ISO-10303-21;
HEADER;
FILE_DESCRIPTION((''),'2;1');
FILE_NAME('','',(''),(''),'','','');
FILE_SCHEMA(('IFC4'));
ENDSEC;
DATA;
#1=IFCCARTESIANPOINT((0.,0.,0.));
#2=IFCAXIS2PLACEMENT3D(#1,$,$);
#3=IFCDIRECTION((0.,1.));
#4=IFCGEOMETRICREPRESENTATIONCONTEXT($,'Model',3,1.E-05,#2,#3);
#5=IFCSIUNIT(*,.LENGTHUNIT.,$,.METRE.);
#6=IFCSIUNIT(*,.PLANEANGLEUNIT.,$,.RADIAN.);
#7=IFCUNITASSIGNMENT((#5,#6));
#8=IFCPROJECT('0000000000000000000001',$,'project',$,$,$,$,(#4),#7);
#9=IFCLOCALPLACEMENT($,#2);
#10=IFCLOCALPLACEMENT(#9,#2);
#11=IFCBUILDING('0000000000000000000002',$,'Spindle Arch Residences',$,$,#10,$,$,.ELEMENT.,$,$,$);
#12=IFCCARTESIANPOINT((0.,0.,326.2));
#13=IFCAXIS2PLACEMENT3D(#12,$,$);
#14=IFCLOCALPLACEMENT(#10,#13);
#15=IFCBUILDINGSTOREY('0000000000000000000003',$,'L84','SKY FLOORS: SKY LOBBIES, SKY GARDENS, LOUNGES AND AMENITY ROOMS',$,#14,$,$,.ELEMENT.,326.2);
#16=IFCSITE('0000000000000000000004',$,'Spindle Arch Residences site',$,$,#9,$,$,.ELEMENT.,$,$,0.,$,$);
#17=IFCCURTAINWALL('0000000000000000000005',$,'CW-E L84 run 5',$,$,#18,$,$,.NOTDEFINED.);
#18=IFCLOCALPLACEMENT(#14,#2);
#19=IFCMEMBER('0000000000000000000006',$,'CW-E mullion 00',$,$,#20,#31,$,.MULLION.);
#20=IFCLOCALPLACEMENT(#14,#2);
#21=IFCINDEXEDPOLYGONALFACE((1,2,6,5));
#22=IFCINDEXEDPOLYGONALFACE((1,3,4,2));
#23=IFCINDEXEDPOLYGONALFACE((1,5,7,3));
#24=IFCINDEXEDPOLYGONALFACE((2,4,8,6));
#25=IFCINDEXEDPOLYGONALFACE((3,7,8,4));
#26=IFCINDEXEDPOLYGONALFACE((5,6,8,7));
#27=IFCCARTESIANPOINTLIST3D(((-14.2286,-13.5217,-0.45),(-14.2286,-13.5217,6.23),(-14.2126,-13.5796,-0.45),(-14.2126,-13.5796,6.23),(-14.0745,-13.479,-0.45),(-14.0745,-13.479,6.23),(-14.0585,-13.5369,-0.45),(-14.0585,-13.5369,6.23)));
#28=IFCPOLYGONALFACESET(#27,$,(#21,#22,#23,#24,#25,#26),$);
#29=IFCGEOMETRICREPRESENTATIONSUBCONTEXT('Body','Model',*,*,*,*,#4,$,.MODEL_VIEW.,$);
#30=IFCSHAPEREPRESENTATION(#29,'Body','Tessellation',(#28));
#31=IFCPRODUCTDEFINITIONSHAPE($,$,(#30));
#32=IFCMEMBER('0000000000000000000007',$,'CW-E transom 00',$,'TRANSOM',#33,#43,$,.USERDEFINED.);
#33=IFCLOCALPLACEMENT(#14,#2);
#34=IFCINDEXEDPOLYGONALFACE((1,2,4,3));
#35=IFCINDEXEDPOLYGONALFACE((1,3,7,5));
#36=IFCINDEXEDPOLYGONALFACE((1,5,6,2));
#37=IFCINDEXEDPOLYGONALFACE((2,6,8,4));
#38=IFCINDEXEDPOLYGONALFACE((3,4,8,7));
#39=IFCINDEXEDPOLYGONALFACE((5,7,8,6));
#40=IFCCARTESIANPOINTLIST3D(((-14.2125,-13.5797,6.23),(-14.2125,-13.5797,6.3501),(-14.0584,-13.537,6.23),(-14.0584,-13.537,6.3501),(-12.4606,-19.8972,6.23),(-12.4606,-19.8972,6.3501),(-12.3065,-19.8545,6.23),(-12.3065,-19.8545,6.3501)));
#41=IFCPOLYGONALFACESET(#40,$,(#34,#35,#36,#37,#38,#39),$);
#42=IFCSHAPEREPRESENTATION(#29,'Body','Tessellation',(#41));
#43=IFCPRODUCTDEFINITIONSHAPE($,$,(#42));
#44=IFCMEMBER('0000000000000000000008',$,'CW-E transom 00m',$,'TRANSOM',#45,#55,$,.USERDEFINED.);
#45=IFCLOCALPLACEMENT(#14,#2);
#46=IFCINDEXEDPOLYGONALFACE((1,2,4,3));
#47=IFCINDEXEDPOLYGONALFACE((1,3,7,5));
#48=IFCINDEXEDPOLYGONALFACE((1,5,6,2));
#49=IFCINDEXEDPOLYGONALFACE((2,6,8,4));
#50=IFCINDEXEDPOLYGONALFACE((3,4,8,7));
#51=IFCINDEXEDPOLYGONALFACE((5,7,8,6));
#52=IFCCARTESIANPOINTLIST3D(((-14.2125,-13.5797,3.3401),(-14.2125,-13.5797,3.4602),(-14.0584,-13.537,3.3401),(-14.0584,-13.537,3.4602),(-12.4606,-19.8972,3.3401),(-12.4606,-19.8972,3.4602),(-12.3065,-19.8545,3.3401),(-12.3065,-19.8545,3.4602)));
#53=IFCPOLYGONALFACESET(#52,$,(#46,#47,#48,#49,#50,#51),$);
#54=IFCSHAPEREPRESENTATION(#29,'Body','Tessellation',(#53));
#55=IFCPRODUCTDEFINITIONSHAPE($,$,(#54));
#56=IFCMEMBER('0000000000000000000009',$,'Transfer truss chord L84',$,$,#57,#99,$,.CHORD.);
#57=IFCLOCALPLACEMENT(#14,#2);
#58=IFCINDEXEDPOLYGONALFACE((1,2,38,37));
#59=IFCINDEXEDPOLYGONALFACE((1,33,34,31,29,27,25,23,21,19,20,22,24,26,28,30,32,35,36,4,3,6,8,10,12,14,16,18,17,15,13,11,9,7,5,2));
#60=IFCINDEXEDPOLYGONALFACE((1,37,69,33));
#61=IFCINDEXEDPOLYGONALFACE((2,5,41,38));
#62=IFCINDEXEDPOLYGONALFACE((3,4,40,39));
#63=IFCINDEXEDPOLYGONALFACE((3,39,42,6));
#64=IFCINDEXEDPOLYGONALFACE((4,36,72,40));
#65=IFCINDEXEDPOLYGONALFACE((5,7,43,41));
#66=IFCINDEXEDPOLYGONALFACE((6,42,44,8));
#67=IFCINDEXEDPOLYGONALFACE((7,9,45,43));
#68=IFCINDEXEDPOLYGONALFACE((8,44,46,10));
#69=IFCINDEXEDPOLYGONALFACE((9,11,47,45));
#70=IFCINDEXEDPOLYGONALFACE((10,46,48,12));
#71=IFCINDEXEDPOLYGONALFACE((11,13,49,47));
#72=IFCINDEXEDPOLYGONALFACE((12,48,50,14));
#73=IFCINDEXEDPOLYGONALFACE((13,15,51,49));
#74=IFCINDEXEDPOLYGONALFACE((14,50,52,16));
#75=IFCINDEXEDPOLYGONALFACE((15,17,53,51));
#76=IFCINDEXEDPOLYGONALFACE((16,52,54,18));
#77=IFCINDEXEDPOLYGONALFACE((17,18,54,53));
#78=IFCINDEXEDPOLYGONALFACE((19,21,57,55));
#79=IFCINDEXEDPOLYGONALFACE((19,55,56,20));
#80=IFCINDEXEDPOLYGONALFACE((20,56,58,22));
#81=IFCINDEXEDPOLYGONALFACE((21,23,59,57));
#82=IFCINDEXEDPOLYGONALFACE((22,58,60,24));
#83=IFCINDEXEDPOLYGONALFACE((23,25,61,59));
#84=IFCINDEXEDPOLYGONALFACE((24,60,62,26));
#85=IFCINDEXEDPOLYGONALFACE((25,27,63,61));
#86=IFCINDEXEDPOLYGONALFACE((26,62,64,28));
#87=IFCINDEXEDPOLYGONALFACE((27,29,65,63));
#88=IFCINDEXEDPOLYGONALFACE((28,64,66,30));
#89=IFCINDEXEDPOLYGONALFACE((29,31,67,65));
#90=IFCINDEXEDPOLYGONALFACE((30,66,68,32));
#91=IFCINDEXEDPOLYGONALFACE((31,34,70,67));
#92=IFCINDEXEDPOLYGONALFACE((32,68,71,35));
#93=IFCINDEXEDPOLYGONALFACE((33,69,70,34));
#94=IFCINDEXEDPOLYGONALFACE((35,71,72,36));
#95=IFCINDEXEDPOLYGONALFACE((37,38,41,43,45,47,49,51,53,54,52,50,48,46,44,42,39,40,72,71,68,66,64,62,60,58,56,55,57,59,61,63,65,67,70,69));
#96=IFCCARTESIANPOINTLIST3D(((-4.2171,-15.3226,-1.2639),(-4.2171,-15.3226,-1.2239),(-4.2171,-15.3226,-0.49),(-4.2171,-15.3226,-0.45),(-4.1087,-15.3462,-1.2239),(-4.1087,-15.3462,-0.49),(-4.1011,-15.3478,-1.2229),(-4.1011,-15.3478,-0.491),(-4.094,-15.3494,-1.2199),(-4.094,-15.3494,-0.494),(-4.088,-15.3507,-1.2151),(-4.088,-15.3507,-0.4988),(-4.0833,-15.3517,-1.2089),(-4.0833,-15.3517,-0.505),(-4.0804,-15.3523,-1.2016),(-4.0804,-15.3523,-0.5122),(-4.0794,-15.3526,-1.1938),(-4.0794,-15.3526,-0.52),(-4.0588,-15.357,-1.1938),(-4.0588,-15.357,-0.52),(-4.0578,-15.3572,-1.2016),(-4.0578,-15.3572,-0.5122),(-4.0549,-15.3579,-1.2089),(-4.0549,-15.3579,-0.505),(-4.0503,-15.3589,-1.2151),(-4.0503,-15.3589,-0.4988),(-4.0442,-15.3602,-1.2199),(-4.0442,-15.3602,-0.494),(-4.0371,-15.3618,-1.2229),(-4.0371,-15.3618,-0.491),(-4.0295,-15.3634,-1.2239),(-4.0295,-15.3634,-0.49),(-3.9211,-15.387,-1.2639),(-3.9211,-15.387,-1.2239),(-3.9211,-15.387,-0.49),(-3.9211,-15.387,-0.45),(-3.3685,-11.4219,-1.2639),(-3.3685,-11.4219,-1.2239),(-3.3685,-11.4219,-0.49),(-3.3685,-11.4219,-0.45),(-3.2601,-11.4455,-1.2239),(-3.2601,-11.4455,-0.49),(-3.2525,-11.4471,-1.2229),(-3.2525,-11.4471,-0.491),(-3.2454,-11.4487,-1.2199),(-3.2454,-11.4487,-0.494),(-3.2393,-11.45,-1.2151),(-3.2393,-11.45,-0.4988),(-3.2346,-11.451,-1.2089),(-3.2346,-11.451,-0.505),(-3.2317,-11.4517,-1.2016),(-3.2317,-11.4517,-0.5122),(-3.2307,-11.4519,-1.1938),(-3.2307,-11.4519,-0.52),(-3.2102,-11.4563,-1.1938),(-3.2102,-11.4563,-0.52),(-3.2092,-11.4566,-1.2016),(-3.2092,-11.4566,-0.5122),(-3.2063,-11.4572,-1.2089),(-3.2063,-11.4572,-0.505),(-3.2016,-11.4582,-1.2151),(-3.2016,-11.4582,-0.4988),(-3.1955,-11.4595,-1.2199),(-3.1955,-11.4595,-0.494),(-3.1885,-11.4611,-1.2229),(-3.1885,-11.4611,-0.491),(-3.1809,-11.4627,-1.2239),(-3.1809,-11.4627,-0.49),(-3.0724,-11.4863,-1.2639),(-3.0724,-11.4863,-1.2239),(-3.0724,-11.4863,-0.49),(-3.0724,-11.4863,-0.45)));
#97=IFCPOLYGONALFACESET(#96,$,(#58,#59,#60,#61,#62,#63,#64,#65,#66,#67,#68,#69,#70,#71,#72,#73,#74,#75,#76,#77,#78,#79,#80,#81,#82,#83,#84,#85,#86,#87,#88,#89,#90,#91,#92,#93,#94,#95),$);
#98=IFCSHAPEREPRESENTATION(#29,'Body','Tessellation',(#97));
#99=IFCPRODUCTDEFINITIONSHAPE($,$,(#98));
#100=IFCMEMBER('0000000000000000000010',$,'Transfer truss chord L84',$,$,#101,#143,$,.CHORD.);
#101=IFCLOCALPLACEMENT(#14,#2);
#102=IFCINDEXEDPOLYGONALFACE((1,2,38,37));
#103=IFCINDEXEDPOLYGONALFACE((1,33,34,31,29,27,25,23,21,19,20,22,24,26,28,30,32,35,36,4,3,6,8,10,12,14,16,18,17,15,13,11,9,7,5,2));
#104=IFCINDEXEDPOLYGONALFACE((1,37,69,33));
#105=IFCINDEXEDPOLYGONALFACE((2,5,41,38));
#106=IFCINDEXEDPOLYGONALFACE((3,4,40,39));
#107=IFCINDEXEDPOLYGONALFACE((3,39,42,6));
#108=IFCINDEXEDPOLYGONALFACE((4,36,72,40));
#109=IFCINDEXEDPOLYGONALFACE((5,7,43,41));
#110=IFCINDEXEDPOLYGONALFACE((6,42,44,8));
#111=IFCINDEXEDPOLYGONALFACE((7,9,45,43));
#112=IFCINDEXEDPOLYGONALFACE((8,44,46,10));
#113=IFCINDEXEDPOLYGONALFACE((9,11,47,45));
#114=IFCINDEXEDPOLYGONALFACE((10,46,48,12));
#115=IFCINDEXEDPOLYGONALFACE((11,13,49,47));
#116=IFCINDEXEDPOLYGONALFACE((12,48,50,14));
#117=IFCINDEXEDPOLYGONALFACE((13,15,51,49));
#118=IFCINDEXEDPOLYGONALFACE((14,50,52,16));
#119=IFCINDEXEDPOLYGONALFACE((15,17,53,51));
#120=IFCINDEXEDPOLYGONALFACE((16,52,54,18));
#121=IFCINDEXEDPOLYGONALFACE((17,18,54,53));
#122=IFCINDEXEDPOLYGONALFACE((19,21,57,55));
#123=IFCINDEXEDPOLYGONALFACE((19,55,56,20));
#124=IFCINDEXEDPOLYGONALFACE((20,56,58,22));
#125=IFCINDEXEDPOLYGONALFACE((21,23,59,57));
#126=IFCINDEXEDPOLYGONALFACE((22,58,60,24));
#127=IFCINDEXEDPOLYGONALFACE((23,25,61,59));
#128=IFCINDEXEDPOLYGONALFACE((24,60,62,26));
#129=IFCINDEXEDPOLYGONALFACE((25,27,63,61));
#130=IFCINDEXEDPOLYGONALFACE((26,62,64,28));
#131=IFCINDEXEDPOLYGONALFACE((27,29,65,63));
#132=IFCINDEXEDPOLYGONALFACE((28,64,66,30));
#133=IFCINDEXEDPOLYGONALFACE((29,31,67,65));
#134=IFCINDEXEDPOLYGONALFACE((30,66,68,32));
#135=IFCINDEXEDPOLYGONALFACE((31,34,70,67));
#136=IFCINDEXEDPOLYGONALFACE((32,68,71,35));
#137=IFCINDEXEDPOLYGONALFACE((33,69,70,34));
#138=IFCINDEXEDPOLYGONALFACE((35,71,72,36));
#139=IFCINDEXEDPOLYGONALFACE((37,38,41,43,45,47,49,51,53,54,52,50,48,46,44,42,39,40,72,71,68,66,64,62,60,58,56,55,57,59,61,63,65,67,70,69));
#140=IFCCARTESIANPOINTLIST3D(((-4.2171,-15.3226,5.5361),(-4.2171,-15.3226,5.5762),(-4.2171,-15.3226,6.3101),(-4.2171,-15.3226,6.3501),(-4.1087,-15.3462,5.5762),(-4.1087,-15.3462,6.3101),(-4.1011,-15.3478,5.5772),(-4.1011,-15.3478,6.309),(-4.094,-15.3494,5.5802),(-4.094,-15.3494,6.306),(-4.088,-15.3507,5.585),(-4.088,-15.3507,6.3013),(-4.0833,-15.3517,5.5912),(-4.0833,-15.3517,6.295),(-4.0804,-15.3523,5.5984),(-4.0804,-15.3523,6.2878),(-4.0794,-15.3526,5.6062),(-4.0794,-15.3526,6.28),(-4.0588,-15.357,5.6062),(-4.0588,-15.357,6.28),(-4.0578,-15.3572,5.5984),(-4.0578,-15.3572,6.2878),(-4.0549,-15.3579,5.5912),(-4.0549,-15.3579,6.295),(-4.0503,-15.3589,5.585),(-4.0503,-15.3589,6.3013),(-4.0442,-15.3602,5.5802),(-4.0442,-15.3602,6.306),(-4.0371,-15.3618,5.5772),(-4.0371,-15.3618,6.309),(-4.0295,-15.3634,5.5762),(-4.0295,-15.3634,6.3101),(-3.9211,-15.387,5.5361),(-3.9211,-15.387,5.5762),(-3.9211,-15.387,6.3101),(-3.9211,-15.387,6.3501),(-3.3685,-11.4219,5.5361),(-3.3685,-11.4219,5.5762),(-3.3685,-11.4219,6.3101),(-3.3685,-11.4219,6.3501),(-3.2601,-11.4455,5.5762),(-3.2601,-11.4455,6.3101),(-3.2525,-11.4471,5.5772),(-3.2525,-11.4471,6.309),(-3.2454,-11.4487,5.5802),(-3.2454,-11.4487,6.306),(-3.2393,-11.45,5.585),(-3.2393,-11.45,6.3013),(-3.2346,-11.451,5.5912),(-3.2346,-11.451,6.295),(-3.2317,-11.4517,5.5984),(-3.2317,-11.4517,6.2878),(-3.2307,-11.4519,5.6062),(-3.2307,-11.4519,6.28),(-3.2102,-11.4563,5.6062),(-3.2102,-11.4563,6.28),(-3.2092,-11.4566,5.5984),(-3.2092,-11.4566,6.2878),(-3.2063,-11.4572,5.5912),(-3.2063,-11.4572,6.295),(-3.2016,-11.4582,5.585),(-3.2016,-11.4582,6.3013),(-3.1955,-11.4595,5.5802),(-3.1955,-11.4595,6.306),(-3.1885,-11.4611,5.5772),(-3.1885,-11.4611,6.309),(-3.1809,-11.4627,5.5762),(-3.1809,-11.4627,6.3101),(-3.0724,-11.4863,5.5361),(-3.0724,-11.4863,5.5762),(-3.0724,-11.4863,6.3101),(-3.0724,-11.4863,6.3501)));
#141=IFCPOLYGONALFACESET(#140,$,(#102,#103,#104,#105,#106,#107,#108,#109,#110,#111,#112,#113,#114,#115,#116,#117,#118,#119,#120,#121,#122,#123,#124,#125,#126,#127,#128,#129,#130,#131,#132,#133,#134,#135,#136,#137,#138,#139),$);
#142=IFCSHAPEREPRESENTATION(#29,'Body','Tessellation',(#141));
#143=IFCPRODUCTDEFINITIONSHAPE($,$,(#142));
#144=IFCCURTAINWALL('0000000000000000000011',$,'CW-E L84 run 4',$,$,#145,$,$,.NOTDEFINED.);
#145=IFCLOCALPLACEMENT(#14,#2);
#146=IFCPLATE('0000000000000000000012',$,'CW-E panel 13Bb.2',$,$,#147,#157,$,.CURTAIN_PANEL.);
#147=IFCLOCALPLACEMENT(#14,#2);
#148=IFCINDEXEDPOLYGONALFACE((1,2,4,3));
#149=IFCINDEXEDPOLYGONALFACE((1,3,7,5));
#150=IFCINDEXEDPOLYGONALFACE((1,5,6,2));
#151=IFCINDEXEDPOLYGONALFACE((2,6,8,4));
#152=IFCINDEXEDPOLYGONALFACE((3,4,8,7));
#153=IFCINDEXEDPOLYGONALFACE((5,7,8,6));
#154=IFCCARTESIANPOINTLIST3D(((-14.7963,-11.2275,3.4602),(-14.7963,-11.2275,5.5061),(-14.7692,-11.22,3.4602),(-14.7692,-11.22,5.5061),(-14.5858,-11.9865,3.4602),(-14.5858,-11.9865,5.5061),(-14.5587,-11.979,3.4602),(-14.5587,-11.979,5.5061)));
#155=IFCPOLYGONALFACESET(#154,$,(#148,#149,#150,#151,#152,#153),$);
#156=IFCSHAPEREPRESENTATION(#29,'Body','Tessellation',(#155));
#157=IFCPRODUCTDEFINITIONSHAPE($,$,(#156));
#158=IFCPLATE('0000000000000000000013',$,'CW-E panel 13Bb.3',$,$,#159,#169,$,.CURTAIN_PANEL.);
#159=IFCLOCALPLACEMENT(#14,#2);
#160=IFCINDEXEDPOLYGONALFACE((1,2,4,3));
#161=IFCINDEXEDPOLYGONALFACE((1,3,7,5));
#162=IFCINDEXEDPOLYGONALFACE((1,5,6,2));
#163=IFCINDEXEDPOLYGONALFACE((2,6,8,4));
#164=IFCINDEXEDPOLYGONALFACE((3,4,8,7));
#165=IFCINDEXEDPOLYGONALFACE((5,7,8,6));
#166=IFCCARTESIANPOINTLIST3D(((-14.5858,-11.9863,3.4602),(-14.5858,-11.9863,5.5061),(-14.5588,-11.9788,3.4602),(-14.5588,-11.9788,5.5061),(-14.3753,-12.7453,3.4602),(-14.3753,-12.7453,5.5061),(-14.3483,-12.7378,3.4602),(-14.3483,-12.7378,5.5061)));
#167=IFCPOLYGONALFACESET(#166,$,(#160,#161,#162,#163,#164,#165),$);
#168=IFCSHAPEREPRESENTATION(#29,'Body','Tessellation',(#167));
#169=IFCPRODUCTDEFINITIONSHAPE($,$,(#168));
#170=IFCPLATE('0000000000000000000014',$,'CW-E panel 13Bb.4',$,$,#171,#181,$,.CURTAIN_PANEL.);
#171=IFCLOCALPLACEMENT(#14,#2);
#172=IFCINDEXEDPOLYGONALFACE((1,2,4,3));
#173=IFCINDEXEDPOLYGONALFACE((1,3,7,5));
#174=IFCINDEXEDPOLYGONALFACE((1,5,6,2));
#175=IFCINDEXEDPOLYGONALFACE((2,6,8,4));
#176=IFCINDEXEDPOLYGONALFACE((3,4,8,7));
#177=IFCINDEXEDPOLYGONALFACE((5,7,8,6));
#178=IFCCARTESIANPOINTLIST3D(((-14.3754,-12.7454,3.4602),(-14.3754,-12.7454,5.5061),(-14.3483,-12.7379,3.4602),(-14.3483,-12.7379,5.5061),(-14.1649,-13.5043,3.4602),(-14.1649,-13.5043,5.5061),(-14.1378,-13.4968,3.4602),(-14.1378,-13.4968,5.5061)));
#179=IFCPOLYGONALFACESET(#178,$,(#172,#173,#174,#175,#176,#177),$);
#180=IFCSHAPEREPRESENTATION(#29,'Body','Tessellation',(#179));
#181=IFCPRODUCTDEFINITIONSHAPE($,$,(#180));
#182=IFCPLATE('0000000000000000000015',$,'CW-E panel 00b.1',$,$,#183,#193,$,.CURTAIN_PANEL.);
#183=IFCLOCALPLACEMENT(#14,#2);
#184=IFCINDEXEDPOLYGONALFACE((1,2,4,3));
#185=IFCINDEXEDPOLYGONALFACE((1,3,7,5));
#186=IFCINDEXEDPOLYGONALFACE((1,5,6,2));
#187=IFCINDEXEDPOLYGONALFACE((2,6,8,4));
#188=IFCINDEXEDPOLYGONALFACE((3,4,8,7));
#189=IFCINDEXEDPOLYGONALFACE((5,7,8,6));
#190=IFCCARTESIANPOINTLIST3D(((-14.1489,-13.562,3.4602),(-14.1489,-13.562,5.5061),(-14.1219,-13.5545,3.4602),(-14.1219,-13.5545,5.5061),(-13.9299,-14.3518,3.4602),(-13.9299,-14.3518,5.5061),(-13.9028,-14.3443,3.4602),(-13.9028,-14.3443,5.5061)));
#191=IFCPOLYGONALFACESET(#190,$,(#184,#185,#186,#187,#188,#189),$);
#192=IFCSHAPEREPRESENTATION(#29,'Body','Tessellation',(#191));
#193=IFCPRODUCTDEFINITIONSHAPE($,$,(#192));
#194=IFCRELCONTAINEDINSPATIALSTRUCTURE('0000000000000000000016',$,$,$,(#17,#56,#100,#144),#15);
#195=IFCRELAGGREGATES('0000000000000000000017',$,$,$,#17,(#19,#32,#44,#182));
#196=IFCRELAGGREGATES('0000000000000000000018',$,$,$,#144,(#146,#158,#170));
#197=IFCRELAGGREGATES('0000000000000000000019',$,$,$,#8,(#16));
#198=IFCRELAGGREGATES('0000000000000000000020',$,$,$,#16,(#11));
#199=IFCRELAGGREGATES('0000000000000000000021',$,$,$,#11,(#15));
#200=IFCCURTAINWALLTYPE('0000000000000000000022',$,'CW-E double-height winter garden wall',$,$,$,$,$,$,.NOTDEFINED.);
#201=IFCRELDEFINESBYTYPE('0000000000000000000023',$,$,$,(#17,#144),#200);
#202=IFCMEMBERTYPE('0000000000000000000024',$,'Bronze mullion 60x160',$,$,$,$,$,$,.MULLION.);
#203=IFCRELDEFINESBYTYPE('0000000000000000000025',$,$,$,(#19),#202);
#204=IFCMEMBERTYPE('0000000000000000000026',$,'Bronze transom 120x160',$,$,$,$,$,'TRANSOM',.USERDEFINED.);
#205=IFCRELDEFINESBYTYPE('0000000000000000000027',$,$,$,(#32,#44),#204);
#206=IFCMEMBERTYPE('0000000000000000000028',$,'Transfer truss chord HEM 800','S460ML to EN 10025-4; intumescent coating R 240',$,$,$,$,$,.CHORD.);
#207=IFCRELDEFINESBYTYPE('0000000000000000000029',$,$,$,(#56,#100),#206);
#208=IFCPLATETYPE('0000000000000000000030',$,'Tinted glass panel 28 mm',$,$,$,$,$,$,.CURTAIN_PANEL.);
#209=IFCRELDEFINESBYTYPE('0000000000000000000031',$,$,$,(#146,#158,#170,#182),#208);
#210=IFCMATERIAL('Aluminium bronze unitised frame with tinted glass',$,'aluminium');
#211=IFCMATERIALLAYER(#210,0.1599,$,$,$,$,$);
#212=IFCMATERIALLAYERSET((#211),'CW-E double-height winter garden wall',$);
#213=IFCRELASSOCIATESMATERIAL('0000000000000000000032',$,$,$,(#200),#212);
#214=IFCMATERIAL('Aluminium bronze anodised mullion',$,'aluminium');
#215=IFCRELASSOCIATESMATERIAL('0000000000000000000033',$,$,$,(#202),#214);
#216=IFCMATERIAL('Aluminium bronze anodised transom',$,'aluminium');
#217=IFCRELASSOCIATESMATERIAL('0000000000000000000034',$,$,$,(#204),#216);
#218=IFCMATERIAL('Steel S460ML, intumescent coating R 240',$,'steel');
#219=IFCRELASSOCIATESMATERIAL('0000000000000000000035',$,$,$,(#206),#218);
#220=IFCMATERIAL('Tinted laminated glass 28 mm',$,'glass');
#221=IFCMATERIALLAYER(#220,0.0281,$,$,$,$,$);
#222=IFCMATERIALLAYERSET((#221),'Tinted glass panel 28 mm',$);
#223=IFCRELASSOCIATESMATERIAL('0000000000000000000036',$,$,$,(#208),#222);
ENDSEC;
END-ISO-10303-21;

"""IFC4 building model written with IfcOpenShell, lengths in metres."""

from ifc_helpers import new_model, si_unit, direction, frame, origin, origin_2d, place, context, subcontext, project, spatial, rectangle, i_section, extrude, material, layer, layer_set, material_profile, profile_set, type_object, element, aggregate, save


model = new_model("IFC4")

# Units and contexts
model_context = context("Model", 3, precision=1e-05, world=origin(), true_north=direction((0.0, 1.0)))
body_context = subcontext(model_context, "Body", "Model", "MODEL_VIEW")
ifc_project = project(units=[si_unit("LENGTHUNIT", "METRE"), si_unit("PLANEANGLEUNIT", "RADIAN")], contexts=[model_context])

# Site, building, storey
site_placement = place(None, origin())
site = spatial("IfcSite", under=ifc_project, at=site_placement, Name="Spindle Arch Residences site", CompositionType="ELEMENT", RefElevation=0.0)
building_placement = place(site_placement, origin())
building = spatial("IfcBuilding", under=site, at=building_placement, Name="Spindle Arch Residences", CompositionType="ELEMENT")
storey_placement = place(building_placement, frame((0.0, 0.0, 326.2)))
storey = spatial("IfcBuildingStorey", under=building, at=storey_placement, Name="L84", Description="SKY FLOORS: SKY LOBBIES, SKY GARDENS, LOUNGES AND AMENITY ROOMS", CompositionType="ELEMENT", Elevation=326.2)

# Curtain wall, members
ifc_material_1 = material(Name="Aluminium bronze unitised frame with tinted glass", Category="aluminium")
ifc_layer_1 = layer(ifc_material_1, 0.1599)
ifc_layer_set_1 = layer_set([ifc_layer_1], Name="CW-E double-height winter garden wall")
curtain_wall_type = type_object("IfcCurtainWallType", Name="CW-E double-height winter garden wall", PredefinedType="NOTDEFINED", material=ifc_layer_set_1)
curtain_wall_1_placement = place(storey_placement, origin())
curtain_wall_1 = element("IfcCurtainWall", 1, at=curtain_wall_1_placement, inside=storey, type_object=curtain_wall_type, Name="CW-E L84 run 5", PredefinedType="NOTDEFINED")
ifc_material_2 = material(Name="Aluminium bronze anodised mullion", Category="aluminium")
ifc_material_profile_1 = material_profile(ifc_material_2, rectangle(XDim=0.1599, YDim=0.0601, at=origin_2d()), Name="MU 60x160")
ifc_profile_set_1 = profile_set([ifc_material_profile_1], Name="Aluminium bronze anodised mullion")
member_type_1 = type_object("IfcMemberType", Name="Bronze mullion 60x160", PredefinedType="MULLION", material=ifc_profile_set_1)
member_1_placement = place(storey_placement, frame((-14.1436, -13.5293, -0.45), z_axis=(0.0, 0.0, 1.0), x_axis=(0.96363, 0.267238, 0.0)))
member_1 = element("IfcMember", 2, at=member_1_placement, type_object=member_type_1, Name="CW-E mullion 00", PredefinedType="MULLION", context=body_context, shape_type="SweptSolid", body=[
    extrude(rectangle(XDim=0.1599, YDim=0.0601, at=origin_2d()), origin(), (0.0, 0.0, 1.0), 6.6799),
])
ifc_material_3 = material(Name="Aluminium bronze anodised transom", Category="aluminium")
ifc_material_profile_2 = material_profile(ifc_material_3, rectangle(XDim=0.1599, YDim=0.1201, at=origin_2d()), Name="TR 120x160")
ifc_profile_set_2 = profile_set([ifc_material_profile_2], Name="Aluminium bronze anodised transom")
member_type_2 = type_object("IfcMemberType", Name="Bronze transom 120x160", ElementType="TRANSOM", PredefinedType="USERDEFINED", material=ifc_profile_set_2)
member_2_placement = place(storey_placement, frame((-14.1355, -13.5583, 6.29), z_axis=(0.267237, -0.963631, 0.0), x_axis=(0.963631, 0.267237, 0.0)))
member_2 = element("IfcMember", 3, at=member_2_placement, type_object=member_type_2, Name="CW-E transom 00", ObjectType="TRANSOM", PredefinedType="USERDEFINED", context=body_context, shape_type="SweptSolid", body=[
    extrude(rectangle(XDim=0.1599, YDim=0.1201, at=origin_2d()), origin(), (0.0, 0.0, 1.0), 6.5559),
])
member_3_placement = place(storey_placement, frame((-14.1355, -13.5583, 3.4001), z_axis=(0.267237, -0.963631, 0.0), x_axis=(0.963631, 0.267237, 0.0)))
member_3 = element("IfcMember", 4, at=member_3_placement, type_object=member_type_2, Name="CW-E transom 00m", ObjectType="TRANSOM", PredefinedType="USERDEFINED", context=body_context, shape_type="SweptSolid", body=[
    extrude(rectangle(XDim=0.1599, YDim=0.1201, at=origin_2d()), origin(), (0.0, 0.0, 1.0), 6.5559),
])

# Members
ifc_material_4 = material(Name="Steel S460ML, intumescent coating R 240", Category="steel")
ifc_material_profile_3 = material_profile(ifc_material_4, i_section(OverallWidth=0.303, OverallDepth=0.814, WebThickness=0.021, FlangeThickness=0.04, FilletRadius=0.03, at=origin_2d()), Name="HEM 800")
ifc_profile_set_3 = profile_set([ifc_material_profile_3], Name="Steel S460ML, intumescent coating R 240")
member_type_3 = type_object("IfcMemberType", Name="Transfer truss chord HEM 800", Description="S460ML to EN 10025-4; intumescent coating R 240", PredefinedType="CHORD", material=ifc_profile_set_3)
for number, where, z_axis, x_axis, name in (
    (5, (-3.2205, -11.4541, -0.8569), (-0.21259, -0.977142, 0.0), (0.977142, -0.21259, 0.0), "Transfer truss chord L84"),
    (6, (-3.2205, -11.4541, 5.9431), (-0.21259, -0.977142, 0.0), (0.977142, -0.21259, 0.0), "Transfer truss chord L84"),
):
    element("IfcMember", number, at=place(storey_placement, frame(where, z_axis=z_axis, x_axis=x_axis)), inside=storey, type_object=member_type_3, Name=name, PredefinedType="CHORD", context=body_context, shape_type="SweptSolid", body=[
        extrude(i_section(OverallWidth=0.303, OverallDepth=0.814, WebThickness=0.021, FlangeThickness=0.04, FilletRadius=0.03, at=origin_2d()), origin(), (0.0, 0.0, 1.0), 3.9919),
    ])

# Curtain wall, plates
curtain_wall_2_placement = place(storey_placement, origin())
curtain_wall_2 = element("IfcCurtainWall", 7, at=curtain_wall_2_placement, inside=storey, type_object=curtain_wall_type, Name="CW-E L84 run 4", PredefinedType="NOTDEFINED")
ifc_material_5 = material(Name="Tinted laminated glass 28 mm", Category="glass")
ifc_layer_2 = layer(ifc_material_5, 0.0281)
ifc_layer_set_2 = layer_set([ifc_layer_2], Name="Tinted glass panel 28 mm")
plate_type_1 = type_object("IfcPlateType", Name="Tinted glass panel 28 mm", PredefinedType="CURTAIN_PANEL", material=ifc_layer_set_2)
plate_1_placement = place(storey_placement, frame((-14.6775, -11.6033, 3.4602), z_axis=(0.0, 0.0, 1.0), x_axis=(0.267238, -0.96363, 0.0)))
plate_1 = element("IfcPlate", 8, at=plate_1_placement, type_object=plate_type_1, Name="CW-E panel 13Bb.2", PredefinedType="CURTAIN_PANEL", context=body_context, shape_type="SweptSolid", body=[
    extrude(rectangle(XDim=0.7876, YDim=0.0281, at=origin_2d()), origin(), (0.0, 0.0, 1.0), 2.0459),
])
plate_2_placement = place(storey_placement, frame((-14.467, -12.3621, 3.4602), z_axis=(0.0, 0.0, 1.0), x_axis=(0.267238, -0.96363, 0.0)))
plate_2 = element("IfcPlate", 9, at=plate_2_placement, type_object=plate_type_1, Name="CW-E panel 13Bb.3", PredefinedType="CURTAIN_PANEL", context=body_context, shape_type="SweptSolid", body=[
    extrude(rectangle(XDim=0.7876, YDim=0.0281, at=origin_2d()), origin(), (0.0, 0.0, 1.0), 2.0459),
])
plate_3_placement = place(storey_placement, frame((-14.2566, -13.1211, 3.4602), z_axis=(0.0, 0.0, 1.0), x_axis=(0.267238, -0.96363, 0.0)))
plate_3 = element("IfcPlate", 10, at=plate_3_placement, type_object=plate_type_1, Name="CW-E panel 13Bb.4", PredefinedType="CURTAIN_PANEL", context=body_context, shape_type="SweptSolid", body=[
    extrude(rectangle(XDim=0.7876, YDim=0.0281, at=origin_2d()), origin(), (0.0, 0.0, 1.0), 2.0459),
])

# Plate
plate_4_placement = place(storey_placement, frame((-14.0259, -13.9531, 3.4602), z_axis=(0.0, 0.0, 1.0), x_axis=(0.267238, -0.96363, 0.0)))
plate_4 = element("IfcPlate", 11, at=plate_4_placement, type_object=plate_type_1, Name="CW-E panel 00b.1", PredefinedType="CURTAIN_PANEL", context=body_context, shape_type="SweptSolid", body=[
    extrude(rectangle(XDim=0.8196, YDim=0.0281, at=origin_2d()), origin(), (0.0, 0.0, 1.0), 2.0459),
])
aggregate(curtain_wall_1, [member_1, member_2, member_3, plate_4])
aggregate(curtain_wall_2, [plate_1, plate_2, plate_3])

save(model, "model.ifc")
